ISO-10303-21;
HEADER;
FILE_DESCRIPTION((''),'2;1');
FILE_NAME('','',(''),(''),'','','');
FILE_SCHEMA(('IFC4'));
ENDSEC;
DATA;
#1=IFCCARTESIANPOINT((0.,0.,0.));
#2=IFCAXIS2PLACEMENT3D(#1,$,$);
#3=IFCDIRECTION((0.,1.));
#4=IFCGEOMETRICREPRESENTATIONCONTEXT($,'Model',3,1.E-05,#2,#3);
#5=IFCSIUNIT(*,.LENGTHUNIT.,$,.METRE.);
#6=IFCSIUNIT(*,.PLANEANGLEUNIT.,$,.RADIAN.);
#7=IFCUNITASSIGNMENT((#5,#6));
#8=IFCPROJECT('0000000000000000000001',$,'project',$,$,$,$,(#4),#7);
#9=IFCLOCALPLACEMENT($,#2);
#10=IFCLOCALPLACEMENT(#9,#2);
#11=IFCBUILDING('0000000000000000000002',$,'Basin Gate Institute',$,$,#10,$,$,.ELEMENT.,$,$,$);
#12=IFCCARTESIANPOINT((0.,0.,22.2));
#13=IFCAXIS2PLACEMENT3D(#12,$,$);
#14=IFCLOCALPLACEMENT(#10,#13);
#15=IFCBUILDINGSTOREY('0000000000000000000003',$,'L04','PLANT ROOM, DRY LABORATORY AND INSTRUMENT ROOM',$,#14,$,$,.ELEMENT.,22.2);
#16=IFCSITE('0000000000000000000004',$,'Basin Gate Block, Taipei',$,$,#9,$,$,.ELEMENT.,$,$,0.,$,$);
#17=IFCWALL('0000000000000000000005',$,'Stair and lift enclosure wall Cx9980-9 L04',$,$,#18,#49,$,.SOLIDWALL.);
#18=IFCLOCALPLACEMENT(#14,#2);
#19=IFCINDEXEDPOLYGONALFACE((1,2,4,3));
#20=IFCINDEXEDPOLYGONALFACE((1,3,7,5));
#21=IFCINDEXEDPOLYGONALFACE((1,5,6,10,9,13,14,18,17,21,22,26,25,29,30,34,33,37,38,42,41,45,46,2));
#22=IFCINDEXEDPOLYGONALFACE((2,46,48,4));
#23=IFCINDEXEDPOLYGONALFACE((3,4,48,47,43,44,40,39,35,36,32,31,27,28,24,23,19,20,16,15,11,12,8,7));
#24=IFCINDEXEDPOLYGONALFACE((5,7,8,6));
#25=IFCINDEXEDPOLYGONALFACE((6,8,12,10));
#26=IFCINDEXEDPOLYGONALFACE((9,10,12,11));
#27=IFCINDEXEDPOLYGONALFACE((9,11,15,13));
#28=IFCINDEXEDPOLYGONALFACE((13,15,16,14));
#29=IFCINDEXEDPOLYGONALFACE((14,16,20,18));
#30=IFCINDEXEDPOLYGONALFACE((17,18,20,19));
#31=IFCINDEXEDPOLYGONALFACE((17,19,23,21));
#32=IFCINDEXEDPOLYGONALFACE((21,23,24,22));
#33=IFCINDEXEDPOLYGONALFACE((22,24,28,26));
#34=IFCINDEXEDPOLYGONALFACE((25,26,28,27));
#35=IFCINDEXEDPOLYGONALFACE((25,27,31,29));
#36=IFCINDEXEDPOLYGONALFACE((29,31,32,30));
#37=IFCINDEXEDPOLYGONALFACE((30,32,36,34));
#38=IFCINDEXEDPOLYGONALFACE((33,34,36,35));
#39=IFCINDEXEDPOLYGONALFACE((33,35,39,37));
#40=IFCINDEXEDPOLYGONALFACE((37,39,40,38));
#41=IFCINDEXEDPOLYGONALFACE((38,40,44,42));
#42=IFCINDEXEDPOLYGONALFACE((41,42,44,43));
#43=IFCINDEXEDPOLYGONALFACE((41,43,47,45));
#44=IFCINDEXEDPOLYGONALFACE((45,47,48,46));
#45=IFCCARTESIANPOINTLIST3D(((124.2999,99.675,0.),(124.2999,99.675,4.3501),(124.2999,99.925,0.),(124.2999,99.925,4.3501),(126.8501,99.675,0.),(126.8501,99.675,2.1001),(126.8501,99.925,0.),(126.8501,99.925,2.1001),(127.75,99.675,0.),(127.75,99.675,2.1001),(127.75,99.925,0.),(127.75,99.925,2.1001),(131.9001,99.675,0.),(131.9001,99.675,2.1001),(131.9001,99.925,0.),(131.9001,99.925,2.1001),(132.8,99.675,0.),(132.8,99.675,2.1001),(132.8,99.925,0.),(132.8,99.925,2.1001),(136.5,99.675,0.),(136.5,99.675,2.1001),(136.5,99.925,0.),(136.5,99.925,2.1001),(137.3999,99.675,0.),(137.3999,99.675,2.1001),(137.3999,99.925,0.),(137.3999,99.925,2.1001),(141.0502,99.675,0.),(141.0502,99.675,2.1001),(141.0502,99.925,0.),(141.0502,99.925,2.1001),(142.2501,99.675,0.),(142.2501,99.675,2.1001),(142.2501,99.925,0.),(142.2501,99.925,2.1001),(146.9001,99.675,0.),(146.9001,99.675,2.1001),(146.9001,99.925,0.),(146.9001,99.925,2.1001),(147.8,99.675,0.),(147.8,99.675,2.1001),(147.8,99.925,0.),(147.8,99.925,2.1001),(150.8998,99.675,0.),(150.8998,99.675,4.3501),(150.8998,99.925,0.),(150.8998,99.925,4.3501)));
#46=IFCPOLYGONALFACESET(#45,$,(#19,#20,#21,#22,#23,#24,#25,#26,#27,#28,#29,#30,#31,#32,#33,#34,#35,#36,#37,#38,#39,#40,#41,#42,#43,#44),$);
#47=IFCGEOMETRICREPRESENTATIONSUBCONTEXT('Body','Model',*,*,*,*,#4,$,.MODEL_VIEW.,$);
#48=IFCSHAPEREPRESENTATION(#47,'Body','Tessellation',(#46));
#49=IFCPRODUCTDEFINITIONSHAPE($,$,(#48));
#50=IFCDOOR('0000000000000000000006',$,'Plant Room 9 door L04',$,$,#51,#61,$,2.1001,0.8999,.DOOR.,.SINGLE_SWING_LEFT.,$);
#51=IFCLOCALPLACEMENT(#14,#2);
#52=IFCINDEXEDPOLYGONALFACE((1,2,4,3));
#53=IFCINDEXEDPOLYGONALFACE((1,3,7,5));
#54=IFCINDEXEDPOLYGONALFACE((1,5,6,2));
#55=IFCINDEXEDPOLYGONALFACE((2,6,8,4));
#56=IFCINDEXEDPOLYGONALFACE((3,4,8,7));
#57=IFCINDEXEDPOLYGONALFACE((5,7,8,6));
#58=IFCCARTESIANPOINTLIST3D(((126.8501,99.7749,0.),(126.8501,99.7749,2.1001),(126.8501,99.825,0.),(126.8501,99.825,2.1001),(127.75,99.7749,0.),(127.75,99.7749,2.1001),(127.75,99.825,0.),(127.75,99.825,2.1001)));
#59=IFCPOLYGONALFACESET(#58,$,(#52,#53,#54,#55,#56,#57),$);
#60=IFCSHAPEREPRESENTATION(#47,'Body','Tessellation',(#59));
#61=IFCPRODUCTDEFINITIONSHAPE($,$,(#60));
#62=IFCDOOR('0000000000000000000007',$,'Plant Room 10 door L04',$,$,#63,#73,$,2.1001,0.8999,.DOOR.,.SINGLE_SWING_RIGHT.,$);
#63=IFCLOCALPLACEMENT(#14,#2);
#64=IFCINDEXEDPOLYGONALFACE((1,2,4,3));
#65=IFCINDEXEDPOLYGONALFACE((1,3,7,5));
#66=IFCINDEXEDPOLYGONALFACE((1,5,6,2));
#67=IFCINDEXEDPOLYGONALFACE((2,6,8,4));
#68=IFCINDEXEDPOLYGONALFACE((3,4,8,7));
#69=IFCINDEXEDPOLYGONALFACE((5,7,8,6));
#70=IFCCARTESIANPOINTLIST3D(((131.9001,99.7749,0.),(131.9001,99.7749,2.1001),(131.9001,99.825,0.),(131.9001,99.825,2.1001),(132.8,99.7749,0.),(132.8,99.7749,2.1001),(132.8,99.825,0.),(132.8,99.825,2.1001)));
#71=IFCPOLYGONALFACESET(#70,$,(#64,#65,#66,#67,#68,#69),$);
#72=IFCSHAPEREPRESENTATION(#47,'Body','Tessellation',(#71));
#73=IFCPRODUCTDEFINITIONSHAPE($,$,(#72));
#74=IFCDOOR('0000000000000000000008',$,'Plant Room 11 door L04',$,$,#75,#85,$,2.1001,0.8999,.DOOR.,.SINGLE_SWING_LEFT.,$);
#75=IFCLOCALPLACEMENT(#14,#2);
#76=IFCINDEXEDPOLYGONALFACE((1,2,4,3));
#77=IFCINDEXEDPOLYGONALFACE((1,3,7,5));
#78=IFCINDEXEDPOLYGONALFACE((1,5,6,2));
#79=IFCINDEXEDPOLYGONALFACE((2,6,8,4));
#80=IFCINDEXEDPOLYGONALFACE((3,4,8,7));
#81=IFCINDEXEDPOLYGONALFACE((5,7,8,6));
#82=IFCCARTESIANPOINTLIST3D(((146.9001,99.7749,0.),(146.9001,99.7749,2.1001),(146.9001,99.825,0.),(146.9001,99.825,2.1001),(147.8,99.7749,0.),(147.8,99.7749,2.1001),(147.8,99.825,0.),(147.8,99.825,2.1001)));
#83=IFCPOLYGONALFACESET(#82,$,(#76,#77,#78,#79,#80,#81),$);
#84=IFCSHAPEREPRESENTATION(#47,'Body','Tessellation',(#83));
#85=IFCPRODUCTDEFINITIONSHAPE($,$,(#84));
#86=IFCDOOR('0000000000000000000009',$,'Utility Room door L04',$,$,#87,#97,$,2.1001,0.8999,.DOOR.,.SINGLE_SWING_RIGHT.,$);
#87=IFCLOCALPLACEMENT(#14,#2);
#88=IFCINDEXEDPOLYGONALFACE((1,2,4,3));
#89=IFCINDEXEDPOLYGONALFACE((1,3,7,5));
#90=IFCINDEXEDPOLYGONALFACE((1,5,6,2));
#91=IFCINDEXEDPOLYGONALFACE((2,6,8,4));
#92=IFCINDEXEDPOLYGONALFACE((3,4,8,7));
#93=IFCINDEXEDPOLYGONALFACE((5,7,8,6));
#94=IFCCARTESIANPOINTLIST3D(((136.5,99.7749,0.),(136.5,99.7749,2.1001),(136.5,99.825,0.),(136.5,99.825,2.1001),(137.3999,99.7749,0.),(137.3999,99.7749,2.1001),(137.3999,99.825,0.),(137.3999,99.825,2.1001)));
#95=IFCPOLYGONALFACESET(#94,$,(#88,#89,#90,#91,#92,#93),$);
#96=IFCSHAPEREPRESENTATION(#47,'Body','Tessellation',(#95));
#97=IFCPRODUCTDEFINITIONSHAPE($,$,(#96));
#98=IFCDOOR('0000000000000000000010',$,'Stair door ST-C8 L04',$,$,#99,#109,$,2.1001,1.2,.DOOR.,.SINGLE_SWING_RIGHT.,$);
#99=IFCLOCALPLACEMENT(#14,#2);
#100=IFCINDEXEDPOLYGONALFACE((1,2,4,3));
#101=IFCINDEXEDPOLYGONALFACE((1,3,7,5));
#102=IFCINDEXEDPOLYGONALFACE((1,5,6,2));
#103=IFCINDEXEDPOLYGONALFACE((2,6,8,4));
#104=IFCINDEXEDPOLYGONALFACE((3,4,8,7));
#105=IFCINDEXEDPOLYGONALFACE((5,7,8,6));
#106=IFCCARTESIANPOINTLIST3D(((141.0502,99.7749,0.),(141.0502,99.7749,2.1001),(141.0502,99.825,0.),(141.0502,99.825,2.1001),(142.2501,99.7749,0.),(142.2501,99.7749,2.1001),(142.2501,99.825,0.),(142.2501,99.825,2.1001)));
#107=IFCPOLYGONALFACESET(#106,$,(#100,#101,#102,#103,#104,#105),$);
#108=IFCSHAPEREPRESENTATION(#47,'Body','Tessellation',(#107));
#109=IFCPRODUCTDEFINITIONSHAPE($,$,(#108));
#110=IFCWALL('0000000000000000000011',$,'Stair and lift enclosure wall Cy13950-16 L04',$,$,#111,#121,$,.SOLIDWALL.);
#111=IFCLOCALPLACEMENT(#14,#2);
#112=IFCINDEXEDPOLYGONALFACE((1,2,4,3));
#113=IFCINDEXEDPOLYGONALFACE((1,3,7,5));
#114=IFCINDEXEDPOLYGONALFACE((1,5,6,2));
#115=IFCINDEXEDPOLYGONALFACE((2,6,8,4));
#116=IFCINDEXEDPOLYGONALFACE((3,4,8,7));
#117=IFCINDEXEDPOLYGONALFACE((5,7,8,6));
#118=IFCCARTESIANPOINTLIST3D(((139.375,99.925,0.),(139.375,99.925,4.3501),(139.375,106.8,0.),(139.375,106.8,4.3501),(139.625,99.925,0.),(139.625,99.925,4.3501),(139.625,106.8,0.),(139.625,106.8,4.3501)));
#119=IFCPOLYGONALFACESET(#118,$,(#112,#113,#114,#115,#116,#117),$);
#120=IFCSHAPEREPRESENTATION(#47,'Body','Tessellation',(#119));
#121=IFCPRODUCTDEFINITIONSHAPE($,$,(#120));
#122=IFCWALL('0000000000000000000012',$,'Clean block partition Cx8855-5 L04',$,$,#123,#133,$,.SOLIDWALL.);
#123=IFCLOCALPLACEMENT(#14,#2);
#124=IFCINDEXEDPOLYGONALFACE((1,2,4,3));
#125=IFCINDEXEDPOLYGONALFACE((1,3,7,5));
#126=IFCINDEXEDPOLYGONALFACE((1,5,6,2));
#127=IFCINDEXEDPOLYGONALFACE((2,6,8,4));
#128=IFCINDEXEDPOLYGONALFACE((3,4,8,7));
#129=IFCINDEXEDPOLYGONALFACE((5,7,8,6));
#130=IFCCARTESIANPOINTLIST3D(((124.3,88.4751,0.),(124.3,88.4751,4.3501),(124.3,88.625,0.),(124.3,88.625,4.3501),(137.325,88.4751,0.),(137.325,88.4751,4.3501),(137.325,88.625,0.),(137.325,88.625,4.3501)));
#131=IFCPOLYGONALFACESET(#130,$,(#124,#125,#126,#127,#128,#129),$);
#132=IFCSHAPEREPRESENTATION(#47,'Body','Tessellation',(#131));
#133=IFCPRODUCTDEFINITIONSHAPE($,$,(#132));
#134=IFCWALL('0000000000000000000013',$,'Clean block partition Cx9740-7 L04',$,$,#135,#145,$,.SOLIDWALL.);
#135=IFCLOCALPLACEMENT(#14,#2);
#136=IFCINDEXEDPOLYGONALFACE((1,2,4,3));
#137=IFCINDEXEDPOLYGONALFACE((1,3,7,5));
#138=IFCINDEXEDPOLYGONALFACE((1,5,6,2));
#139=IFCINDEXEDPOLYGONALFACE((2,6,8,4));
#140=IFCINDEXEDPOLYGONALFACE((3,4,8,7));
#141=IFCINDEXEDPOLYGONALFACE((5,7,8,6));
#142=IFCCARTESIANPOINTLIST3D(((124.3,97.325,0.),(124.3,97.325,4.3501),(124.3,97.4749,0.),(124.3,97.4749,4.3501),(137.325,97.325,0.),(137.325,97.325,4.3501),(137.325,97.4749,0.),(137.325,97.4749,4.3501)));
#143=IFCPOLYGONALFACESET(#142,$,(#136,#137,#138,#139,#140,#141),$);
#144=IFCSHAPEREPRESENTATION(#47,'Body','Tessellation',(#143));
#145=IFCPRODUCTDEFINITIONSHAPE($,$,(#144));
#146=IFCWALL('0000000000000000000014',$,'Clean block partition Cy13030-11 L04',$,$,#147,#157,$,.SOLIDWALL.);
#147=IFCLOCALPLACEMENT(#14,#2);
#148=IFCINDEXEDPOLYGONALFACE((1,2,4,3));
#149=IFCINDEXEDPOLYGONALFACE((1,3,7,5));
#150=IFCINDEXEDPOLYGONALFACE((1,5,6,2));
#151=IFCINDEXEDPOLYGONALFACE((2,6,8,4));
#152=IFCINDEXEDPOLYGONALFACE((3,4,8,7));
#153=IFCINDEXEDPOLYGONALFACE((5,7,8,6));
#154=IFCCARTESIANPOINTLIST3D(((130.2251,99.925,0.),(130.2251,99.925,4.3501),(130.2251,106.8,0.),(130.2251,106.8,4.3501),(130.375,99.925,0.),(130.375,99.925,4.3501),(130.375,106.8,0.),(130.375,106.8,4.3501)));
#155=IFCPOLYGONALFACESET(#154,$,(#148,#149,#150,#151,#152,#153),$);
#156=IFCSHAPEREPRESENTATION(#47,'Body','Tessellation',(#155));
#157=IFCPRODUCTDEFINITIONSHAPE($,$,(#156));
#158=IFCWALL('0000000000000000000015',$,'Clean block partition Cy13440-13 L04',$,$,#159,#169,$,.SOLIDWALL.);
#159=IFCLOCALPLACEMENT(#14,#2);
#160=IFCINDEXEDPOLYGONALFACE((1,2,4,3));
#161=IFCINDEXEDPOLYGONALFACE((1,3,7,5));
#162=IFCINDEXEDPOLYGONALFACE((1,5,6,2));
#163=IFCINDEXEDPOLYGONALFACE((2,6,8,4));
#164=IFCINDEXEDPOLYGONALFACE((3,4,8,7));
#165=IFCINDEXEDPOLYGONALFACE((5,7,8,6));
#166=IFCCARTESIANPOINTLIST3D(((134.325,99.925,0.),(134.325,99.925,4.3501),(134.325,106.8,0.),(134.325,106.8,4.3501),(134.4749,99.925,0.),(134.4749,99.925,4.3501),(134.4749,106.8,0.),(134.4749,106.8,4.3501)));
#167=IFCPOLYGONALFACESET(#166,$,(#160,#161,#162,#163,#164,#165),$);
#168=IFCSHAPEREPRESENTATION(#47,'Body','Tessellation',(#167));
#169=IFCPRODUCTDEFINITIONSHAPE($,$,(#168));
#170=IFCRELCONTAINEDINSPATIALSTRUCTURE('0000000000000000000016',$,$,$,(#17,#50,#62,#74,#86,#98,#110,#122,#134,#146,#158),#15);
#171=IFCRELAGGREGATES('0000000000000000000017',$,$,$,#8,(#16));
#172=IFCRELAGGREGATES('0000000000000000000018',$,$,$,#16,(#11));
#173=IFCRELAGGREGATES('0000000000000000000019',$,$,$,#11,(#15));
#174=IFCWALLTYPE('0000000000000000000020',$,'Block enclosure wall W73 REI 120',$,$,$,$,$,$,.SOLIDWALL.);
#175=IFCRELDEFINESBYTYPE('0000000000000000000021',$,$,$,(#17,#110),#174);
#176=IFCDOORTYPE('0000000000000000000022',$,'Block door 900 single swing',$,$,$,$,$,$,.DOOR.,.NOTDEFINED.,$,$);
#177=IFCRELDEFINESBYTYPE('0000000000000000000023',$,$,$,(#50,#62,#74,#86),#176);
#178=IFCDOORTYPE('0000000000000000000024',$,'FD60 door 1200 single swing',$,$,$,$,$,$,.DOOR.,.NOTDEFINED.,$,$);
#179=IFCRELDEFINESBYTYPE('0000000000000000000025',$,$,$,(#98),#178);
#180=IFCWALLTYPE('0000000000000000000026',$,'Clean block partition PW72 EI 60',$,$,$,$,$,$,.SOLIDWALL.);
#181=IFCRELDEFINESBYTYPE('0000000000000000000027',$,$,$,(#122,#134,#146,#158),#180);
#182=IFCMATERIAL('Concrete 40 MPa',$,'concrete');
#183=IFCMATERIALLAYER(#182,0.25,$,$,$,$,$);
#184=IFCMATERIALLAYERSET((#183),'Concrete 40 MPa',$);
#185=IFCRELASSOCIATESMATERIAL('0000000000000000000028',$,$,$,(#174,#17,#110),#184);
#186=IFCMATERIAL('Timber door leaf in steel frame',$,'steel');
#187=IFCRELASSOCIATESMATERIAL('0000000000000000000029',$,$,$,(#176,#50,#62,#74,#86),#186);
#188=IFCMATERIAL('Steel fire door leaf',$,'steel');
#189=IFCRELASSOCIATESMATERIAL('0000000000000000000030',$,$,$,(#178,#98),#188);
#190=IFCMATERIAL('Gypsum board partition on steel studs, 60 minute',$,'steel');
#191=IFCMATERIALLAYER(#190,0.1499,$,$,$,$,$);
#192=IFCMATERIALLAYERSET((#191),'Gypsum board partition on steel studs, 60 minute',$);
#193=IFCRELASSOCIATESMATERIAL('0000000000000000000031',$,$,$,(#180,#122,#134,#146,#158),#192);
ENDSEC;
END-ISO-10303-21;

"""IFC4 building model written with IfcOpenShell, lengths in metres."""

from ifc_helpers import new_model, si_unit, direction, frame, frame_2d, origin, place, context, subcontext, project, spatial, rectangle, extrude, material, layer, layer_set, type_object, element, fill, save


model = new_model("IFC4")

# Units and contexts
model_context = context("Model", 3, precision=1e-05, world=origin(), true_north=direction((0.0, 1.0)))
body_context = subcontext(model_context, "Body", "Model", "MODEL_VIEW")
ifc_project = project(units=[si_unit("LENGTHUNIT", "METRE"), si_unit("PLANEANGLEUNIT", "RADIAN")], contexts=[model_context])

# Site, building, storey
site_placement = place(None, origin())
site = spatial("IfcSite", under=ifc_project, at=site_placement, Name="Basin Gate Block, Taipei", CompositionType="ELEMENT", RefElevation=0.0)
building_placement = place(site_placement, origin())
building = spatial("IfcBuilding", under=site, at=building_placement, Name="Basin Gate Institute", CompositionType="ELEMENT")
storey_placement = place(building_placement, frame((0.0, 0.0, 22.2)))
storey = spatial("IfcBuildingStorey", under=building, at=storey_placement, Name="L04", Description="PLANT ROOM, DRY LABORATORY AND INSTRUMENT ROOM", CompositionType="ELEMENT", Elevation=22.2)

# Wall, openings, doors
ifc_material_1 = material(Name="Concrete 40 MPa", Category="concrete")
ifc_layer_1 = layer(ifc_material_1, 0.25)
ifc_layer_set_1 = layer_set([ifc_layer_1], Name="Concrete 40 MPa")
wall_type_1 = type_object("IfcWallType", Name="Block enclosure wall W73 REI 120", PredefinedType="SOLIDWALL", material=ifc_layer_set_1)
wall_1_placement = place(storey_placement, frame((124.3, 99.8, 0.0), z_axis=(0.0, 0.0, 1.0), x_axis=(1.0, 0.0, 0.0)))
wall_1 = element("IfcWall", 1, at=wall_1_placement, inside=storey, type_object=wall_type_1, material=ifc_layer_set_1, Name="Stair and lift enclosure wall Cx9980-9 L04", PredefinedType="SOLIDWALL", context=body_context, shape_type="SweptSolid", body=[
    extrude(rectangle(XDim=26.5999, YDim=0.25, at=frame_2d((13.2998, 0.0))), origin(), (0.0, 0.0, 1.0), 4.3501),
])
opening_1_placement = place(wall_1_placement, frame((2.55, 0.0, 0.0)))
opening_1 = element("IfcOpeningElement", 2, at=opening_1_placement, cuts=wall_1, PredefinedType="OPENING", context=body_context, shape_type="SweptSolid", body=[
    extrude(rectangle(XDim=0.8999, YDim=2.1001, at=frame_2d((0.45, 1.05))), frame((0.0, 0.135, 0.0), z_axis=(0.0, -1.0, 0.0), x_axis=(1.0, 0.0, 0.0)), (0.0, 0.0, 1.0), 0.27),
])
opening_2_placement = place(wall_1_placement, frame((7.6001, 0.0, 0.0)))
opening_2 = element("IfcOpeningElement", 3, at=opening_2_placement, cuts=wall_1, PredefinedType="OPENING", context=body_context, shape_type="SweptSolid", body=[
    extrude(rectangle(XDim=0.8999, YDim=2.1001, at=frame_2d((0.45, 1.05))), frame((0.0, 0.135, 0.0), z_axis=(0.0, -1.0, 0.0), x_axis=(1.0, 0.0, 0.0)), (0.0, 0.0, 1.0), 0.27),
])
opening_3_placement = place(wall_1_placement, frame((22.6001, 0.0, 0.0)))
opening_3 = element("IfcOpeningElement", 4, at=opening_3_placement, cuts=wall_1, PredefinedType="OPENING", context=body_context, shape_type="SweptSolid", body=[
    extrude(rectangle(XDim=0.8999, YDim=2.1001, at=frame_2d((0.45, 1.05))), frame((0.0, 0.135, 0.0), z_axis=(0.0, -1.0, 0.0), x_axis=(1.0, 0.0, 0.0)), (0.0, 0.0, 1.0), 0.27),
])
opening_4_placement = place(wall_1_placement, frame((12.2, 0.0, 0.0)))
opening_4 = element("IfcOpeningElement", 5, at=opening_4_placement, cuts=wall_1, PredefinedType="OPENING", context=body_context, shape_type="SweptSolid", body=[
    extrude(rectangle(XDim=0.8999, YDim=2.1001, at=frame_2d((0.45, 1.05))), frame((0.0, 0.135, 0.0), z_axis=(0.0, -1.0, 0.0), x_axis=(1.0, 0.0, 0.0)), (0.0, 0.0, 1.0), 0.27),
])
opening_5_placement = place(wall_1_placement, frame((16.75, 0.0, 0.0)))
opening_5 = element("IfcOpeningElement", 6, at=opening_5_placement, cuts=wall_1, PredefinedType="OPENING", context=body_context, shape_type="SweptSolid", body=[
    extrude(rectangle(XDim=1.2, YDim=2.1001, at=frame_2d((0.6001, 1.05))), frame((0.0, 0.135, 0.0), z_axis=(0.0, -1.0, 0.0), x_axis=(1.0, 0.0, 0.0)), (0.0, 0.0, 1.0), 0.27),
])
ifc_material_2 = material(Name="Timber door leaf in steel frame", Category="steel")
door_type_1 = type_object("IfcDoorType", Name="Block door 900 single swing", OperationType="NOTDEFINED", PredefinedType="DOOR", material=ifc_material_2)
door_1_placement = place(opening_1_placement, origin())
door_1 = element("IfcDoor", 7, at=door_1_placement, inside=storey, type_object=door_type_1, material=ifc_material_2, Name="Plant Room 9 door L04", OperationType="SINGLE_SWING_LEFT", OverallHeight=2.1001, OverallWidth=0.8999, PredefinedType="DOOR", context=body_context, shape_type="SweptSolid", body=[
    extrude(rectangle(XDim=0.8999, YDim=2.1001, at=frame_2d((0.45, 1.05))), frame((0.0, 0.0249, 0.0), z_axis=(0.0, -1.0, 0.0), x_axis=(1.0, 0.0, 0.0)), (0.0, 0.0, 1.0), 0.05),
])
fill(opening_1, door_1)
door_2_placement = place(opening_2_placement, origin())
door_2 = element("IfcDoor", 8, at=door_2_placement, inside=storey, type_object=door_type_1, material=ifc_material_2, Name="Plant Room 10 door L04", OperationType="SINGLE_SWING_RIGHT", OverallHeight=2.1001, OverallWidth=0.8999, PredefinedType="DOOR", context=body_context, shape_type="SweptSolid", body=[
    extrude(rectangle(XDim=0.8999, YDim=2.1001, at=frame_2d((0.45, 1.05))), frame((0.0, 0.0249, 0.0), z_axis=(0.0, -1.0, 0.0), x_axis=(1.0, 0.0, 0.0)), (0.0, 0.0, 1.0), 0.05),
])
fill(opening_2, door_2)
door_3_placement = place(opening_3_placement, origin())
door_3 = element("IfcDoor", 9, at=door_3_placement, inside=storey, type_object=door_type_1, material=ifc_material_2, Name="Plant Room 11 door L04", OperationType="SINGLE_SWING_LEFT", OverallHeight=2.1001, OverallWidth=0.8999, PredefinedType="DOOR", context=body_context, shape_type="SweptSolid", body=[
    extrude(rectangle(XDim=0.8999, YDim=2.1001, at=frame_2d((0.45, 1.05))), frame((0.0, 0.0249, 0.0), z_axis=(0.0, -1.0, 0.0), x_axis=(1.0, 0.0, 0.0)), (0.0, 0.0, 1.0), 0.05),
])
fill(opening_3, door_3)
door_4_placement = place(opening_4_placement, origin())
door_4 = element("IfcDoor", 10, at=door_4_placement, inside=storey, type_object=door_type_1, material=ifc_material_2, Name="Utility Room door L04", OperationType="SINGLE_SWING_RIGHT", OverallHeight=2.1001, OverallWidth=0.8999, PredefinedType="DOOR", context=body_context, shape_type="SweptSolid", body=[
    extrude(rectangle(XDim=0.8999, YDim=2.1001, at=frame_2d((0.45, 1.05))), frame((0.0, 0.0249, 0.0), z_axis=(0.0, -1.0, 0.0), x_axis=(1.0, 0.0, 0.0)), (0.0, 0.0, 1.0), 0.05),
])
fill(opening_4, door_4)
ifc_material_3 = material(Name="Steel fire door leaf", Category="steel")
door_type_2 = type_object("IfcDoorType", Name="FD60 door 1200 single swing", OperationType="NOTDEFINED", PredefinedType="DOOR", material=ifc_material_3)
door_5_placement = place(opening_5_placement, origin())
door_5 = element("IfcDoor", 11, at=door_5_placement, inside=storey, type_object=door_type_2, material=ifc_material_3, Name="Stair door ST-C8 L04", OperationType="SINGLE_SWING_RIGHT", OverallHeight=2.1001, OverallWidth=1.2, PredefinedType="DOOR", context=body_context, shape_type="SweptSolid", body=[
    extrude(rectangle(XDim=1.2, YDim=2.1001, at=frame_2d((0.6001, 1.05))), frame((0.0, 0.0249, 0.0), z_axis=(0.0, -1.0, 0.0), x_axis=(1.0, 0.0, 0.0)), (0.0, 0.0, 1.0), 0.05),
])
fill(opening_5, door_5)

# Walls
wall_2_placement = place(storey_placement, frame((139.5, 99.925, 0.0), z_axis=(0.0, 0.0, 1.0), x_axis=(0.0, 1.0, 0.0)))
element("IfcWall", 12, at=wall_2_placement, inside=storey, type_object=wall_type_1, material=ifc_layer_set_1, Name="Stair and lift enclosure wall Cy13950-16 L04", PredefinedType="SOLIDWALL", context=body_context, shape_type="SweptSolid", body=[
    extrude(rectangle(XDim=6.875, YDim=0.25, at=frame_2d((3.4375, 0.0))), origin(), (0.0, 0.0, 1.0), 4.3501),
])
ifc_material_4 = material(Name="Gypsum board partition on steel studs, 60 minute", Category="steel")
ifc_layer_2 = layer(ifc_material_4, 0.1499)
ifc_layer_set_2 = layer_set([ifc_layer_2], Name="Gypsum board partition on steel studs, 60 minute")
wall_type_2 = type_object("IfcWallType", Name="Clean block partition PW72 EI 60", PredefinedType="SOLIDWALL", material=ifc_layer_set_2)
for number, where, z_axis, x_axis, name in (
    (13, (124.3, 88.55, 0.0), (0.0, 0.0, 1.0), (1.0, 0.0, 0.0), "Clean block partition Cx8855-5 L04"),
    (14, (124.3, 97.3999, 0.0), (0.0, 0.0, 1.0), (1.0, 0.0, 0.0), "Clean block partition Cx9740-7 L04"),
):
    element("IfcWall", number, at=place(storey_placement, frame(where, z_axis=z_axis, x_axis=x_axis)), inside=storey, type_object=wall_type_2, material=ifc_layer_set_2, Name=name, PredefinedType="SOLIDWALL", context=body_context, shape_type="SweptSolid", body=[
        extrude(rectangle(XDim=13.0249, YDim=0.1499, at=frame_2d((6.5125, 0.0))), origin(), (0.0, 0.0, 1.0), 4.3501),
    ])
for number, where, z_axis, x_axis, name in (
    (15, (130.3, 99.925, 0.0), (0.0, 0.0, 1.0), (0.0, 1.0, 0.0), "Clean block partition Cy13030-11 L04"),
    (16, (134.3999, 99.925, 0.0), (0.0, 0.0, 1.0), (0.0, 1.0, 0.0), "Clean block partition Cy13440-13 L04"),
):
    element("IfcWall", number, at=place(storey_placement, frame(where, z_axis=z_axis, x_axis=x_axis)), inside=storey, type_object=wall_type_2, material=ifc_layer_set_2, Name=name, PredefinedType="SOLIDWALL", context=body_context, shape_type="SweptSolid", body=[
        extrude(rectangle(XDim=6.875, YDim=0.1499, at=frame_2d((3.4375, 0.0))), origin(), (0.0, 0.0, 1.0), 4.3501),
    ])

save(model, "model.ifc")
